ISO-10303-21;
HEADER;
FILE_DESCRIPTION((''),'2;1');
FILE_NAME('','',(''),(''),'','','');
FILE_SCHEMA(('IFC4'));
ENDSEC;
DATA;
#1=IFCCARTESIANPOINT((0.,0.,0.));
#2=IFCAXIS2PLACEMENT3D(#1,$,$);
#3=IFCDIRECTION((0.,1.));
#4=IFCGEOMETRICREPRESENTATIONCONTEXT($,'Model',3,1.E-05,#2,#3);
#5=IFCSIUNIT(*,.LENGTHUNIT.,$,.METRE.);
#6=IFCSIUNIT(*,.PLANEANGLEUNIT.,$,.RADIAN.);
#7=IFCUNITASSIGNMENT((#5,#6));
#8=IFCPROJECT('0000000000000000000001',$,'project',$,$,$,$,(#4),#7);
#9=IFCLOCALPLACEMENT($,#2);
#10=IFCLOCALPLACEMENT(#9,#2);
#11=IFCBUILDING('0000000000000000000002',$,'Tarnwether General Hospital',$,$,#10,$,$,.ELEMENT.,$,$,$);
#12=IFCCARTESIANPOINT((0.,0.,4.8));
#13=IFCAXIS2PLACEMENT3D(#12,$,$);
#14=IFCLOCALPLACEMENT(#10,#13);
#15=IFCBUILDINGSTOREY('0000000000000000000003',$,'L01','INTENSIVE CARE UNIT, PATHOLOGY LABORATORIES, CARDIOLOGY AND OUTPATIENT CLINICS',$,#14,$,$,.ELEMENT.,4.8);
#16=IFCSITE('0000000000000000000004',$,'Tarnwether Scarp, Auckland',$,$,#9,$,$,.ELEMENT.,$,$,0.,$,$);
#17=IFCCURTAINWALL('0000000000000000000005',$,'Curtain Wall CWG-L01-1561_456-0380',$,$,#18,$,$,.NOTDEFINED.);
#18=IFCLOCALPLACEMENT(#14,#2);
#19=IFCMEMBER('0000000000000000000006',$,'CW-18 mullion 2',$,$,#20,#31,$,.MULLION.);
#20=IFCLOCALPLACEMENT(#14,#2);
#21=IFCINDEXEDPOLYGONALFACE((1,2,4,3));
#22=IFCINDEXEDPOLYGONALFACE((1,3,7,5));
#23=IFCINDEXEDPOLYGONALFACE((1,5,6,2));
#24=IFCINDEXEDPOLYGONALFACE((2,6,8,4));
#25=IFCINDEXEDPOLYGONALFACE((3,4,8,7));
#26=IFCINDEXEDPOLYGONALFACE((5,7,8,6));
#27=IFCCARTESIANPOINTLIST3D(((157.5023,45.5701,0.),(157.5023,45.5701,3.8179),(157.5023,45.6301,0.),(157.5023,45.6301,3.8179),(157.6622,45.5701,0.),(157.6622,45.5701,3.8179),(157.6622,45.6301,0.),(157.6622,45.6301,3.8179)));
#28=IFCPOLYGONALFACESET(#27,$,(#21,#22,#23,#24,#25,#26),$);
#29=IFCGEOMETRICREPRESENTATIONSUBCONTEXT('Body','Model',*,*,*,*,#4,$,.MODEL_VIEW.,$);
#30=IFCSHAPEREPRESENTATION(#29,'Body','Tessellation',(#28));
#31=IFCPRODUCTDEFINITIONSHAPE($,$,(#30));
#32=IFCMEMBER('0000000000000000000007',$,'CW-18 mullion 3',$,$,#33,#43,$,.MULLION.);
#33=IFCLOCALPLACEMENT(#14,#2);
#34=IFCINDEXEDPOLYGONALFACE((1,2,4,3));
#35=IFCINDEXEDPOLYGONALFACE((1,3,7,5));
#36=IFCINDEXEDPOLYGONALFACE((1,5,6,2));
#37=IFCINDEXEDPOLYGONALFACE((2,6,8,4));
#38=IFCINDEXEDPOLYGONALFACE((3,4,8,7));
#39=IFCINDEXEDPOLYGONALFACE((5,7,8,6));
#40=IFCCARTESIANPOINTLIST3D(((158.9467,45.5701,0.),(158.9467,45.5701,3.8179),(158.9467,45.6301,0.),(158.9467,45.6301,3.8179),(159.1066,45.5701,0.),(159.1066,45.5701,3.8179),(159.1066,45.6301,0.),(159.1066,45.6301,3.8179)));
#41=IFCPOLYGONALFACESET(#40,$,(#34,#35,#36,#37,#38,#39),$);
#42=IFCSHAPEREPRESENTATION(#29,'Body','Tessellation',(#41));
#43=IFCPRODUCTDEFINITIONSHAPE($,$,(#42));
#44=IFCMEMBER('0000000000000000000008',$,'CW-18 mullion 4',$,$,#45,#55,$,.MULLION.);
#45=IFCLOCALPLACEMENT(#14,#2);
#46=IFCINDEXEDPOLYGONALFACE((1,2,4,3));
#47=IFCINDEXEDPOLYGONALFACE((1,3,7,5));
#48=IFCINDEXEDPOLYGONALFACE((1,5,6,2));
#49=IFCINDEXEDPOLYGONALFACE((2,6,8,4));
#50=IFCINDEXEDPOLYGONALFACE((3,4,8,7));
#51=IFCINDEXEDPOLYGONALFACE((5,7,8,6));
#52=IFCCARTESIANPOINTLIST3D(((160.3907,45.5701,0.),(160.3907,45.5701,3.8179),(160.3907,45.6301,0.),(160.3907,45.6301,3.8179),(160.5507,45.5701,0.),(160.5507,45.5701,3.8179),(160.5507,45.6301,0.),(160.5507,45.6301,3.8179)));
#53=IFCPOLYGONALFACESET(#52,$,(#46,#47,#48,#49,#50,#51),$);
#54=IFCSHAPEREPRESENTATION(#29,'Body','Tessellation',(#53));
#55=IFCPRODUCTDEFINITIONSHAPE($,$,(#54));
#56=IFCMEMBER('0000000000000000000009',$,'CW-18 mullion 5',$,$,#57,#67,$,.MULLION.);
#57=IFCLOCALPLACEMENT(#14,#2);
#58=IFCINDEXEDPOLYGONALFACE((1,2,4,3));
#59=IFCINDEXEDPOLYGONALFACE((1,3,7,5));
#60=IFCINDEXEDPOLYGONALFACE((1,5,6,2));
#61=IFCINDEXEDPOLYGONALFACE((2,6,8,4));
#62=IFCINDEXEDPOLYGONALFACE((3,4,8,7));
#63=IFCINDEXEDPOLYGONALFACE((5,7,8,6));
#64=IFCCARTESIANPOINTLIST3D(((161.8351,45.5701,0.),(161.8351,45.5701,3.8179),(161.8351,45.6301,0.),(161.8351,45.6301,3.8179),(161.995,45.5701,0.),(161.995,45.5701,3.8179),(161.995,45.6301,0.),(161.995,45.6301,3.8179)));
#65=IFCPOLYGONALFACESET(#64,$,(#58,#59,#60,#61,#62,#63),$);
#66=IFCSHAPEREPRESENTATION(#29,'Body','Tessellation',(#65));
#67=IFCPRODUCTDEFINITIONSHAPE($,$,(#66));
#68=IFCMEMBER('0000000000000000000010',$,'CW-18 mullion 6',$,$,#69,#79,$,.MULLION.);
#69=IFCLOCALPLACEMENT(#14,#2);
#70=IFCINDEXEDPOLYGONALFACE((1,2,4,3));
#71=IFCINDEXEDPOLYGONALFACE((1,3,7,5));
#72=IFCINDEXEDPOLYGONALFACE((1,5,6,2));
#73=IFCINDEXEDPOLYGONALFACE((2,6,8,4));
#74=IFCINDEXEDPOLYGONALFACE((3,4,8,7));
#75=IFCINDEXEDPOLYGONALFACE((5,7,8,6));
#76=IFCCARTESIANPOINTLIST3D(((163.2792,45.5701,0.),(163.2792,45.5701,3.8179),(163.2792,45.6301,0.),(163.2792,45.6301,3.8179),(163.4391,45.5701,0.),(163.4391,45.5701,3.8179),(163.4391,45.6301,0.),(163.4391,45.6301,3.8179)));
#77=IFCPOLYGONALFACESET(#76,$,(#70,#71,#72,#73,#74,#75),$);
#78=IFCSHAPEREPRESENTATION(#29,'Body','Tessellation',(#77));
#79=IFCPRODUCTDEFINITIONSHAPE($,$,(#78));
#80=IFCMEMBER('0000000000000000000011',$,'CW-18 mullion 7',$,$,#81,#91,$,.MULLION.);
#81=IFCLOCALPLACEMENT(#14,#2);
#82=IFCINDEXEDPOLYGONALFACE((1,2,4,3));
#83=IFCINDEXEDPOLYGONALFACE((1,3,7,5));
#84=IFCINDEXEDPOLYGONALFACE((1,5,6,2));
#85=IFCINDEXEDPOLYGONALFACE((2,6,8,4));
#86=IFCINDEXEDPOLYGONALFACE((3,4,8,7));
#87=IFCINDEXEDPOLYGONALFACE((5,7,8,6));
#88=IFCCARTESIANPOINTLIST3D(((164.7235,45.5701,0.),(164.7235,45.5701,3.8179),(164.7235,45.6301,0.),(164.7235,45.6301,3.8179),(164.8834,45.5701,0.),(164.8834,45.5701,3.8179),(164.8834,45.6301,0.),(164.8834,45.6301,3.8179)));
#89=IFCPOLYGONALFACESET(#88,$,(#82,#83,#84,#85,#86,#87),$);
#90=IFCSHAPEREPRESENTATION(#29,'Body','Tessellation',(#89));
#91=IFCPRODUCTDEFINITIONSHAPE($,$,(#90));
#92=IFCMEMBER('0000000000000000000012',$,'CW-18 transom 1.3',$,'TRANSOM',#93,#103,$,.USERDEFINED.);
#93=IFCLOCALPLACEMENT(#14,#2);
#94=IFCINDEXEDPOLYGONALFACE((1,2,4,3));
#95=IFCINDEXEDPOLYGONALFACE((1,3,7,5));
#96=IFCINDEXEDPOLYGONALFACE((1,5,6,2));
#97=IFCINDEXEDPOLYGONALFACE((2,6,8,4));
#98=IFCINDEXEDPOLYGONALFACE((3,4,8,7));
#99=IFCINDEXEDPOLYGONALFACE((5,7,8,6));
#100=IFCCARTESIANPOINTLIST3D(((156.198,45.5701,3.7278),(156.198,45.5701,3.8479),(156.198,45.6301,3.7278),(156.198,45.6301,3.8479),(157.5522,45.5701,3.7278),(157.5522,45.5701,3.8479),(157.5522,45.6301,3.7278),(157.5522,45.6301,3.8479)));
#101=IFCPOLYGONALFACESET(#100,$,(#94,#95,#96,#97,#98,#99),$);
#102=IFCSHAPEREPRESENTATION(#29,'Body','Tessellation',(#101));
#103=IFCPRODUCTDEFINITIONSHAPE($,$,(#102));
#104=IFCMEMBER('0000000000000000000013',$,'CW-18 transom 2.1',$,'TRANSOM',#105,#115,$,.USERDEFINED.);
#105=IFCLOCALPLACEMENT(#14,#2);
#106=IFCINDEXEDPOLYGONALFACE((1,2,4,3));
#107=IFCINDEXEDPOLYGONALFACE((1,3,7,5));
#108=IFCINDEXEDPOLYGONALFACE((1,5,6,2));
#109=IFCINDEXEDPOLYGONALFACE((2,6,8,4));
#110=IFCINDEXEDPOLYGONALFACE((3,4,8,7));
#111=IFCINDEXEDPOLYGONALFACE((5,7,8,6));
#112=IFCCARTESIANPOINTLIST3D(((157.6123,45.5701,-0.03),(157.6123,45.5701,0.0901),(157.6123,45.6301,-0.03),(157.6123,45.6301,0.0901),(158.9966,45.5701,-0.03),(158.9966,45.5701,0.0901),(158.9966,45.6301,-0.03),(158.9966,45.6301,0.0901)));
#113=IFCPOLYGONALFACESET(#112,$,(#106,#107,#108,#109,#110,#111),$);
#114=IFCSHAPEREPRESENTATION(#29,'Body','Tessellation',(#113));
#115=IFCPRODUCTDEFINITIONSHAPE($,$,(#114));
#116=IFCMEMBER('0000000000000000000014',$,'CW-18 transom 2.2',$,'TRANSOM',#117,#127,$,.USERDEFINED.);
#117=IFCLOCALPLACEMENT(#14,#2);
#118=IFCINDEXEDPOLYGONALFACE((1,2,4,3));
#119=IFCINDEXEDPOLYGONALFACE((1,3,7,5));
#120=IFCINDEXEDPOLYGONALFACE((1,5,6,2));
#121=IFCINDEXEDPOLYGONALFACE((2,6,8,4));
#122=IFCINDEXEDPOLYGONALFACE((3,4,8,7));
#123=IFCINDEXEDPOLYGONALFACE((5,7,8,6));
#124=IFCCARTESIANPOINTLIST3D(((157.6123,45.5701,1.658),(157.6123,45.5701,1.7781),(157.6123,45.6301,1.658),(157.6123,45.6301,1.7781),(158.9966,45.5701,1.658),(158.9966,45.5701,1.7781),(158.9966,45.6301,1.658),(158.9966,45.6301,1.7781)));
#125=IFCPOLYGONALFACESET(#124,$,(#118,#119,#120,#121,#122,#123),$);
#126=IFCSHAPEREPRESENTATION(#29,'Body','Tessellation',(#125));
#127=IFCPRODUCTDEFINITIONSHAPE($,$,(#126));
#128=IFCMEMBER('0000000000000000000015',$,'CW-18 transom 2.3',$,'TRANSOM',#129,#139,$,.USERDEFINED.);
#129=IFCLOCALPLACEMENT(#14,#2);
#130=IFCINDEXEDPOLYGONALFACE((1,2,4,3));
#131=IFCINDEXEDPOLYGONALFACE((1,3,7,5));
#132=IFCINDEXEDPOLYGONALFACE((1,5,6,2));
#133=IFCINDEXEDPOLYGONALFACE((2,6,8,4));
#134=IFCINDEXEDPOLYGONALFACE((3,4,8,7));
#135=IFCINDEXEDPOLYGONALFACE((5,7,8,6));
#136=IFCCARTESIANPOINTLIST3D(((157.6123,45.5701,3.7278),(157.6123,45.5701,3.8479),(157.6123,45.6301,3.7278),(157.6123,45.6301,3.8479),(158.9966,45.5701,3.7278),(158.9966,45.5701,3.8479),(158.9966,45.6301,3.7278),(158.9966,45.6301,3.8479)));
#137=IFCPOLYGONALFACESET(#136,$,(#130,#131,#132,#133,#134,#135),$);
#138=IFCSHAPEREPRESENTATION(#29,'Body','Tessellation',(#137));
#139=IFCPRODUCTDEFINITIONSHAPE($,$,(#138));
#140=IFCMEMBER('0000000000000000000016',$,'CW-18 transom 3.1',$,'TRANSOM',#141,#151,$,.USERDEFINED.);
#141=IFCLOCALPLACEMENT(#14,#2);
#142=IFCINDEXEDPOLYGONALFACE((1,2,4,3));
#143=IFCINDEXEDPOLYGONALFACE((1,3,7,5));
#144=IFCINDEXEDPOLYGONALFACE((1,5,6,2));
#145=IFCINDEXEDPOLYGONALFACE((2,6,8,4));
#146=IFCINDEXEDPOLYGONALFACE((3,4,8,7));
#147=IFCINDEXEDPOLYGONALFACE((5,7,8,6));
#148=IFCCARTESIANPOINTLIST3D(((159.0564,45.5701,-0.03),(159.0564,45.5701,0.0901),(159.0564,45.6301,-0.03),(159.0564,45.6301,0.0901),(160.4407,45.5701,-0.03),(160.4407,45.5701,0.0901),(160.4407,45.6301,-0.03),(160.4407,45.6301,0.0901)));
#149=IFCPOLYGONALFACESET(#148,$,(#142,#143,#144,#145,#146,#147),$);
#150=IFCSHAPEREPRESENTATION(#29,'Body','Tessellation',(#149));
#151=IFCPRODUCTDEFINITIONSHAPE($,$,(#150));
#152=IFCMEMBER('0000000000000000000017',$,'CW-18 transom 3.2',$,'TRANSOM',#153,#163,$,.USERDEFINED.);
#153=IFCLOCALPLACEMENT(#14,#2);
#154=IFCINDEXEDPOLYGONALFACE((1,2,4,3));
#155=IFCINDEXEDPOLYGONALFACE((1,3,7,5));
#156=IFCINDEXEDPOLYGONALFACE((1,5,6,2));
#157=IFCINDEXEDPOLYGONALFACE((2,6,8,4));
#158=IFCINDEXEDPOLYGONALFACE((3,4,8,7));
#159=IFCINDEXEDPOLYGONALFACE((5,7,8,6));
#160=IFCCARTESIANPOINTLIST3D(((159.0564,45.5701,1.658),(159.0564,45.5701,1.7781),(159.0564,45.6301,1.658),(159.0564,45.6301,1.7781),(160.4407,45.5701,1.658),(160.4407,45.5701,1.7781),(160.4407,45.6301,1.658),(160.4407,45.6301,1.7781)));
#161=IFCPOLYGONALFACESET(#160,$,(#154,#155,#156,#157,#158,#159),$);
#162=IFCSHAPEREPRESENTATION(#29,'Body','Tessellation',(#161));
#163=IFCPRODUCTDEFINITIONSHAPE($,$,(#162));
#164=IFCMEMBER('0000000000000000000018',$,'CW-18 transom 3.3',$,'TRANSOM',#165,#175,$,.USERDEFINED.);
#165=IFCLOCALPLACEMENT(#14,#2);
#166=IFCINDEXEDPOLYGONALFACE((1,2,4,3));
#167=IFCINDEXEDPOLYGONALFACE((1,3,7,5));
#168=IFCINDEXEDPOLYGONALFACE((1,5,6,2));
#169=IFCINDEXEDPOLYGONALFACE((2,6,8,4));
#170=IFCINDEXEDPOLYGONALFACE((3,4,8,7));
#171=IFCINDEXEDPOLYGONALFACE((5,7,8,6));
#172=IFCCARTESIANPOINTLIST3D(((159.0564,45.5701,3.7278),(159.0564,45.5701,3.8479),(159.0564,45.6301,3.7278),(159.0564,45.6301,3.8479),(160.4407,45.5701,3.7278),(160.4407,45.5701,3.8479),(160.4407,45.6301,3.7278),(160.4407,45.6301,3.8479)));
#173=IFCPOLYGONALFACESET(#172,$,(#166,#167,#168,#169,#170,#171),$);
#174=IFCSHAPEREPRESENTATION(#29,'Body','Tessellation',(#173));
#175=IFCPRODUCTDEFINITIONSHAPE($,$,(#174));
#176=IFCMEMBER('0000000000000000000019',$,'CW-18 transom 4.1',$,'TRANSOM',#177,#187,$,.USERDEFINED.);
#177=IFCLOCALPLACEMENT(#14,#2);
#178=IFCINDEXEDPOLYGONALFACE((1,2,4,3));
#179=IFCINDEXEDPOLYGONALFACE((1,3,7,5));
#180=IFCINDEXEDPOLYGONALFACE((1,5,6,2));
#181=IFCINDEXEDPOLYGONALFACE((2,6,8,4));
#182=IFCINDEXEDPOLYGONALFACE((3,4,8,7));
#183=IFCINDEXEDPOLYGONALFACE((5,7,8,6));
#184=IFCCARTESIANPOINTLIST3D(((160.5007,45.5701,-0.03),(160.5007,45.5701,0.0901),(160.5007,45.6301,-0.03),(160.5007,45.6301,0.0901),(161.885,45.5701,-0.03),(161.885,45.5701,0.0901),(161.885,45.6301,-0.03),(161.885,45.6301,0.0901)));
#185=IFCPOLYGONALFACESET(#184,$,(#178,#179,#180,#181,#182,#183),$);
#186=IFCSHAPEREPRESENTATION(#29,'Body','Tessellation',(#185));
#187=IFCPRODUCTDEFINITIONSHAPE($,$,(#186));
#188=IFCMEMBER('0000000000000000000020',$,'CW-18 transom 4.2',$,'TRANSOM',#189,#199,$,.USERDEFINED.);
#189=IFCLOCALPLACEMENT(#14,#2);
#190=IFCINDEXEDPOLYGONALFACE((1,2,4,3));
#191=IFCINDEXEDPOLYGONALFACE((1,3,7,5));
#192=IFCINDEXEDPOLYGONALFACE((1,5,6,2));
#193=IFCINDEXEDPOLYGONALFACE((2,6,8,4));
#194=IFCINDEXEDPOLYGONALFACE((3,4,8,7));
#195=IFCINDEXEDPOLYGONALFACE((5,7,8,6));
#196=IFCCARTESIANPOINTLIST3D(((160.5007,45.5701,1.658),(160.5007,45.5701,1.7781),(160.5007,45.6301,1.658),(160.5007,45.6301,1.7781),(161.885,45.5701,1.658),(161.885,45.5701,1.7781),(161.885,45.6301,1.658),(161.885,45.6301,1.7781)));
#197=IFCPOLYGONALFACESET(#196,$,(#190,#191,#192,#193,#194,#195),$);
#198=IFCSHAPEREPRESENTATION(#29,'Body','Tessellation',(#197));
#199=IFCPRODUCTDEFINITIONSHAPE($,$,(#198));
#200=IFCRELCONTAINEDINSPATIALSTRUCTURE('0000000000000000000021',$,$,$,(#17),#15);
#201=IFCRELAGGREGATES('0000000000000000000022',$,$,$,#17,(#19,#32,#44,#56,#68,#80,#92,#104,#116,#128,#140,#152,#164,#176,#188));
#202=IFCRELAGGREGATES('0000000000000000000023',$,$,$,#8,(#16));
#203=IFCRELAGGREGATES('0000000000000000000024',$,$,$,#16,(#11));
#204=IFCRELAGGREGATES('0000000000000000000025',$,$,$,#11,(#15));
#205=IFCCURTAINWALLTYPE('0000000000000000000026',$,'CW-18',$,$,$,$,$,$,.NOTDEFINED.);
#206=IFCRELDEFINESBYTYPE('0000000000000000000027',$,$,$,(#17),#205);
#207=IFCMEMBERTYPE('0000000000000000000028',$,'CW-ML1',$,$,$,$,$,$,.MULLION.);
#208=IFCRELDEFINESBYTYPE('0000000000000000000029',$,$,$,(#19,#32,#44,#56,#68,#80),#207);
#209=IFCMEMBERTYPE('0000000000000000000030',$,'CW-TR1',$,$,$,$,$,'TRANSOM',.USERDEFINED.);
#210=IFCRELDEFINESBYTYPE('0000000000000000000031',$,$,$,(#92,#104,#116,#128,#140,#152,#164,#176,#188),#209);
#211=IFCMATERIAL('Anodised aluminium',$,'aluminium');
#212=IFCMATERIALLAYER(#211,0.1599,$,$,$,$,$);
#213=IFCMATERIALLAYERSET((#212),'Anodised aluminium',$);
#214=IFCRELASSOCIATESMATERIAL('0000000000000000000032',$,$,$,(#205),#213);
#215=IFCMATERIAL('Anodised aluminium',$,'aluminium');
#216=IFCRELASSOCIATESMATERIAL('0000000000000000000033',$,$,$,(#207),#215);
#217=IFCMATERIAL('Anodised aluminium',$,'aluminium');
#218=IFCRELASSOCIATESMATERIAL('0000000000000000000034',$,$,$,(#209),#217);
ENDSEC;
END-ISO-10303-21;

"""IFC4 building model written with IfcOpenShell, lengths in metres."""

from ifc_helpers import new_model, si_unit, direction, frame, origin, origin_2d, place, context, subcontext, project, spatial, rectangle, extrude, material, layer, layer_set, material_profile, profile_set, type_object, element, aggregate, save


model = new_model("IFC4")

# Units and contexts
model_context = context("Model", 3, precision=1e-05, world=origin(), true_north=direction((0.0, 1.0)))
body_context = subcontext(model_context, "Body", "Model", "MODEL_VIEW")
ifc_project = project(units=[si_unit("LENGTHUNIT", "METRE"), si_unit("PLANEANGLEUNIT", "RADIAN")], contexts=[model_context])

# Site, building, storey
site_placement = place(None, origin())
site = spatial("IfcSite", under=ifc_project, at=site_placement, Name="Tarnwether Scarp, Auckland", CompositionType="ELEMENT", RefElevation=0.0)
building_placement = place(site_placement, origin())
building = spatial("IfcBuilding", under=site, at=building_placement, Name="Tarnwether General Hospital", CompositionType="ELEMENT")
storey_placement = place(building_placement, frame((0.0, 0.0, 4.8)))
storey = spatial("IfcBuildingStorey", under=building, at=storey_placement, Name="L01", Description="INTENSIVE CARE UNIT, PATHOLOGY LABORATORIES, CARDIOLOGY AND OUTPATIENT CLINICS", CompositionType="ELEMENT", Elevation=4.8)

# Curtain wall, members
ifc_material_1 = material(Name="Anodised aluminium", Category="aluminium")
ifc_layer_1 = layer(ifc_material_1, 0.1599)
ifc_layer_set_1 = layer_set([ifc_layer_1], Name="Anodised aluminium")
curtain_wall_type = type_object("IfcCurtainWallType", Name="CW-18", PredefinedType="NOTDEFINED", material=ifc_layer_set_1)
curtain_wall_placement = place(storey_placement, origin())
curtain_wall = element("IfcCurtainWall", 1, at=curtain_wall_placement, inside=storey, type_object=curtain_wall_type, Name="Curtain Wall CWG-L01-1561_456-0380", PredefinedType="NOTDEFINED")
ifc_material_2 = material(Name="Anodised aluminium", Category="aluminium")
ifc_material_profile_1 = material_profile(ifc_material_2, rectangle(XDim=0.0601, YDim=0.1599, at=origin_2d()), Name="ALU-MUL-60x160")
ifc_profile_set_1 = profile_set([ifc_material_profile_1], Name="Anodised aluminium")
member_type_1 = type_object("IfcMemberType", Name="CW-ML1", PredefinedType="MULLION", material=ifc_profile_set_1)
member_1_placement = place(storey_placement, frame((157.5823, 45.6001, 0.0), z_axis=(0.0, 0.0, 1.0), x_axis=(0.0, 1.0, 0.0)))
member_1 = element("IfcMember", 2, at=member_1_placement, type_object=member_type_1, Name="CW-18 mullion 2", PredefinedType="MULLION", context=body_context, shape_type="SweptSolid", body=[
    extrude(rectangle(XDim=0.0601, YDim=0.1599, at=origin_2d()), origin(), (0.0, 0.0, 1.0), 3.8179),
])
member_2_placement = place(storey_placement, frame((159.0266, 45.6001, 0.0), z_axis=(0.0, 0.0, 1.0), x_axis=(0.0, 1.0, 0.0)))
member_2 = element("IfcMember", 3, at=member_2_placement, type_object=member_type_1, Name="CW-18 mullion 3", PredefinedType="MULLION", context=body_context, shape_type="SweptSolid", body=[
    extrude(rectangle(XDim=0.0601, YDim=0.1599, at=origin_2d()), origin(), (0.0, 0.0, 1.0), 3.8179),
])
member_3_placement = place(storey_placement, frame((160.4707, 45.6001, 0.0), z_axis=(0.0, 0.0, 1.0), x_axis=(0.0, 1.0, 0.0)))
member_3 = element("IfcMember", 4, at=member_3_placement, type_object=member_type_1, Name="CW-18 mullion 4", PredefinedType="MULLION", context=body_context, shape_type="SweptSolid", body=[
    extrude(rectangle(XDim=0.0601, YDim=0.1599, at=origin_2d()), origin(), (0.0, 0.0, 1.0), 3.8179),
])
member_4_placement = place(storey_placement, frame((161.915, 45.6001, 0.0), z_axis=(0.0, 0.0, 1.0), x_axis=(0.0, 1.0, 0.0)))
member_4 = element("IfcMember", 5, at=member_4_placement, type_object=member_type_1, Name="CW-18 mullion 5", PredefinedType="MULLION", context=body_context, shape_type="SweptSolid", body=[
    extrude(rectangle(XDim=0.0601, YDim=0.1599, at=origin_2d()), origin(), (0.0, 0.0, 1.0), 3.8179),
])
member_5_placement = place(storey_placement, frame((163.3591, 45.6001, 0.0), z_axis=(0.0, 0.0, 1.0), x_axis=(0.0, 1.0, 0.0)))
member_5 = element("IfcMember", 6, at=member_5_placement, type_object=member_type_1, Name="CW-18 mullion 6", PredefinedType="MULLION", context=body_context, shape_type="SweptSolid", body=[
    extrude(rectangle(XDim=0.0601, YDim=0.1599, at=origin_2d()), origin(), (0.0, 0.0, 1.0), 3.8179),
])
member_6_placement = place(storey_placement, frame((164.8035, 45.6001, 0.0), z_axis=(0.0, 0.0, 1.0), x_axis=(0.0, 1.0, 0.0)))
member_6 = element("IfcMember", 7, at=member_6_placement, type_object=member_type_1, Name="CW-18 mullion 7", PredefinedType="MULLION", context=body_context, shape_type="SweptSolid", body=[
    extrude(rectangle(XDim=0.0601, YDim=0.1599, at=origin_2d()), origin(), (0.0, 0.0, 1.0), 3.8179),
])
ifc_material_3 = material(Name="Anodised aluminium", Category="aluminium")
ifc_material_profile_2 = material_profile(ifc_material_3, rectangle(XDim=0.0601, YDim=0.1201, at=origin_2d()), Name="ALU-TRN-60x120")
ifc_profile_set_2 = profile_set([ifc_material_profile_2], Name="Anodised aluminium")
member_type_2 = type_object("IfcMemberType", Name="CW-TR1", ElementType="TRANSOM", PredefinedType="USERDEFINED", material=ifc_profile_set_2)
member_7_placement = place(storey_placement, frame((156.198, 45.6001, 3.7878), z_axis=(1.0, 0.0, 0.0), x_axis=(0.0, 1.0, 0.0)))
member_7 = element("IfcMember", 8, at=member_7_placement, type_object=member_type_2, Name="CW-18 transom 1.3", ObjectType="TRANSOM", PredefinedType="USERDEFINED", context=body_context, shape_type="SweptSolid", body=[
    extrude(rectangle(XDim=0.0601, YDim=0.1201, at=origin_2d()), origin(), (0.0, 0.0, 1.0), 1.3542),
])
member_8_placement = place(storey_placement, frame((157.6123, 45.6001, 0.03), z_axis=(1.0, 0.0, 0.0), x_axis=(0.0, 1.0, 0.0)))
member_8 = element("IfcMember", 9, at=member_8_placement, type_object=member_type_2, Name="CW-18 transom 2.1", ObjectType="TRANSOM", PredefinedType="USERDEFINED", context=body_context, shape_type="SweptSolid", body=[
    extrude(rectangle(XDim=0.0601, YDim=0.1201, at=origin_2d()), origin(), (0.0, 0.0, 1.0), 1.3843),
])
member_9_placement = place(storey_placement, frame((157.6123, 45.6001, 1.718), z_axis=(1.0, 0.0, 0.0), x_axis=(0.0, 1.0, 0.0)))
member_9 = element("IfcMember", 10, at=member_9_placement, type_object=member_type_2, Name="CW-18 transom 2.2", ObjectType="TRANSOM", PredefinedType="USERDEFINED", context=body_context, shape_type="SweptSolid", body=[
    extrude(rectangle(XDim=0.0601, YDim=0.1201, at=origin_2d()), origin(), (0.0, 0.0, 1.0), 1.3843),
])
member_10_placement = place(storey_placement, frame((157.6123, 45.6001, 3.7878), z_axis=(1.0, 0.0, 0.0), x_axis=(0.0, 1.0, 0.0)))
member_10 = element("IfcMember", 11, at=member_10_placement, type_object=member_type_2, Name="CW-18 transom 2.3", ObjectType="TRANSOM", PredefinedType="USERDEFINED", context=body_context, shape_type="SweptSolid", body=[
    extrude(rectangle(XDim=0.0601, YDim=0.1201, at=origin_2d()), origin(), (0.0, 0.0, 1.0), 1.3843),
])
member_11_placement = place(storey_placement, frame((159.0564, 45.6001, 0.03), z_axis=(1.0, 0.0, 0.0), x_axis=(0.0, 1.0, 0.0)))
member_11 = element("IfcMember", 12, at=member_11_placement, type_object=member_type_2, Name="CW-18 transom 3.1", ObjectType="TRANSOM", PredefinedType="USERDEFINED", context=body_context, shape_type="SweptSolid", body=[
    extrude(rectangle(XDim=0.0601, YDim=0.1201, at=origin_2d()), origin(), (0.0, 0.0, 1.0), 1.3843),
])
member_12_placement = place(storey_placement, frame((159.0564, 45.6001, 1.718), z_axis=(1.0, 0.0, 0.0), x_axis=(0.0, 1.0, 0.0)))
member_12 = element("IfcMember", 13, at=member_12_placement, type_object=member_type_2, Name="CW-18 transom 3.2", ObjectType="TRANSOM", PredefinedType="USERDEFINED", context=body_context, shape_type="SweptSolid", body=[
    extrude(rectangle(XDim=0.0601, YDim=0.1201, at=origin_2d()), origin(), (0.0, 0.0, 1.0), 1.3843),
])
member_13_placement = place(storey_placement, frame((159.0564, 45.6001, 3.7878), z_axis=(1.0, 0.0, 0.0), x_axis=(0.0, 1.0, 0.0)))
member_13 = element("IfcMember", 14, at=member_13_placement, type_object=member_type_2, Name="CW-18 transom 3.3", ObjectType="TRANSOM", PredefinedType="USERDEFINED", context=body_context, shape_type="SweptSolid", body=[
    extrude(rectangle(XDim=0.0601, YDim=0.1201, at=origin_2d()), origin(), (0.0, 0.0, 1.0), 1.3843),
])
member_14_placement = place(storey_placement, frame((160.5007, 45.6001, 0.03), z_axis=(1.0, 0.0, 0.0), x_axis=(0.0, 1.0, 0.0)))
member_14 = element("IfcMember", 15, at=member_14_placement, type_object=member_type_2, Name="CW-18 transom 4.1", ObjectType="TRANSOM", PredefinedType="USERDEFINED", context=body_context, shape_type="SweptSolid", body=[
    extrude(rectangle(XDim=0.0601, YDim=0.1201, at=origin_2d()), origin(), (0.0, 0.0, 1.0), 1.3843),
])
member_15_placement = place(storey_placement, frame((160.5007, 45.6001, 1.718), z_axis=(1.0, 0.0, 0.0), x_axis=(0.0, 1.0, 0.0)))
member_15 = element("IfcMember", 16, at=member_15_placement, type_object=member_type_2, Name="CW-18 transom 4.2", ObjectType="TRANSOM", PredefinedType="USERDEFINED", context=body_context, shape_type="SweptSolid", body=[
    extrude(rectangle(XDim=0.0601, YDim=0.1201, at=origin_2d()), origin(), (0.0, 0.0, 1.0), 1.3843),
])
aggregate(curtain_wall, [member_1, member_2, member_3, member_4, member_5, member_6, member_7, member_8, member_9, member_10, member_11, member_12, member_13, member_14, member_15])

save(model, "model.ifc")
